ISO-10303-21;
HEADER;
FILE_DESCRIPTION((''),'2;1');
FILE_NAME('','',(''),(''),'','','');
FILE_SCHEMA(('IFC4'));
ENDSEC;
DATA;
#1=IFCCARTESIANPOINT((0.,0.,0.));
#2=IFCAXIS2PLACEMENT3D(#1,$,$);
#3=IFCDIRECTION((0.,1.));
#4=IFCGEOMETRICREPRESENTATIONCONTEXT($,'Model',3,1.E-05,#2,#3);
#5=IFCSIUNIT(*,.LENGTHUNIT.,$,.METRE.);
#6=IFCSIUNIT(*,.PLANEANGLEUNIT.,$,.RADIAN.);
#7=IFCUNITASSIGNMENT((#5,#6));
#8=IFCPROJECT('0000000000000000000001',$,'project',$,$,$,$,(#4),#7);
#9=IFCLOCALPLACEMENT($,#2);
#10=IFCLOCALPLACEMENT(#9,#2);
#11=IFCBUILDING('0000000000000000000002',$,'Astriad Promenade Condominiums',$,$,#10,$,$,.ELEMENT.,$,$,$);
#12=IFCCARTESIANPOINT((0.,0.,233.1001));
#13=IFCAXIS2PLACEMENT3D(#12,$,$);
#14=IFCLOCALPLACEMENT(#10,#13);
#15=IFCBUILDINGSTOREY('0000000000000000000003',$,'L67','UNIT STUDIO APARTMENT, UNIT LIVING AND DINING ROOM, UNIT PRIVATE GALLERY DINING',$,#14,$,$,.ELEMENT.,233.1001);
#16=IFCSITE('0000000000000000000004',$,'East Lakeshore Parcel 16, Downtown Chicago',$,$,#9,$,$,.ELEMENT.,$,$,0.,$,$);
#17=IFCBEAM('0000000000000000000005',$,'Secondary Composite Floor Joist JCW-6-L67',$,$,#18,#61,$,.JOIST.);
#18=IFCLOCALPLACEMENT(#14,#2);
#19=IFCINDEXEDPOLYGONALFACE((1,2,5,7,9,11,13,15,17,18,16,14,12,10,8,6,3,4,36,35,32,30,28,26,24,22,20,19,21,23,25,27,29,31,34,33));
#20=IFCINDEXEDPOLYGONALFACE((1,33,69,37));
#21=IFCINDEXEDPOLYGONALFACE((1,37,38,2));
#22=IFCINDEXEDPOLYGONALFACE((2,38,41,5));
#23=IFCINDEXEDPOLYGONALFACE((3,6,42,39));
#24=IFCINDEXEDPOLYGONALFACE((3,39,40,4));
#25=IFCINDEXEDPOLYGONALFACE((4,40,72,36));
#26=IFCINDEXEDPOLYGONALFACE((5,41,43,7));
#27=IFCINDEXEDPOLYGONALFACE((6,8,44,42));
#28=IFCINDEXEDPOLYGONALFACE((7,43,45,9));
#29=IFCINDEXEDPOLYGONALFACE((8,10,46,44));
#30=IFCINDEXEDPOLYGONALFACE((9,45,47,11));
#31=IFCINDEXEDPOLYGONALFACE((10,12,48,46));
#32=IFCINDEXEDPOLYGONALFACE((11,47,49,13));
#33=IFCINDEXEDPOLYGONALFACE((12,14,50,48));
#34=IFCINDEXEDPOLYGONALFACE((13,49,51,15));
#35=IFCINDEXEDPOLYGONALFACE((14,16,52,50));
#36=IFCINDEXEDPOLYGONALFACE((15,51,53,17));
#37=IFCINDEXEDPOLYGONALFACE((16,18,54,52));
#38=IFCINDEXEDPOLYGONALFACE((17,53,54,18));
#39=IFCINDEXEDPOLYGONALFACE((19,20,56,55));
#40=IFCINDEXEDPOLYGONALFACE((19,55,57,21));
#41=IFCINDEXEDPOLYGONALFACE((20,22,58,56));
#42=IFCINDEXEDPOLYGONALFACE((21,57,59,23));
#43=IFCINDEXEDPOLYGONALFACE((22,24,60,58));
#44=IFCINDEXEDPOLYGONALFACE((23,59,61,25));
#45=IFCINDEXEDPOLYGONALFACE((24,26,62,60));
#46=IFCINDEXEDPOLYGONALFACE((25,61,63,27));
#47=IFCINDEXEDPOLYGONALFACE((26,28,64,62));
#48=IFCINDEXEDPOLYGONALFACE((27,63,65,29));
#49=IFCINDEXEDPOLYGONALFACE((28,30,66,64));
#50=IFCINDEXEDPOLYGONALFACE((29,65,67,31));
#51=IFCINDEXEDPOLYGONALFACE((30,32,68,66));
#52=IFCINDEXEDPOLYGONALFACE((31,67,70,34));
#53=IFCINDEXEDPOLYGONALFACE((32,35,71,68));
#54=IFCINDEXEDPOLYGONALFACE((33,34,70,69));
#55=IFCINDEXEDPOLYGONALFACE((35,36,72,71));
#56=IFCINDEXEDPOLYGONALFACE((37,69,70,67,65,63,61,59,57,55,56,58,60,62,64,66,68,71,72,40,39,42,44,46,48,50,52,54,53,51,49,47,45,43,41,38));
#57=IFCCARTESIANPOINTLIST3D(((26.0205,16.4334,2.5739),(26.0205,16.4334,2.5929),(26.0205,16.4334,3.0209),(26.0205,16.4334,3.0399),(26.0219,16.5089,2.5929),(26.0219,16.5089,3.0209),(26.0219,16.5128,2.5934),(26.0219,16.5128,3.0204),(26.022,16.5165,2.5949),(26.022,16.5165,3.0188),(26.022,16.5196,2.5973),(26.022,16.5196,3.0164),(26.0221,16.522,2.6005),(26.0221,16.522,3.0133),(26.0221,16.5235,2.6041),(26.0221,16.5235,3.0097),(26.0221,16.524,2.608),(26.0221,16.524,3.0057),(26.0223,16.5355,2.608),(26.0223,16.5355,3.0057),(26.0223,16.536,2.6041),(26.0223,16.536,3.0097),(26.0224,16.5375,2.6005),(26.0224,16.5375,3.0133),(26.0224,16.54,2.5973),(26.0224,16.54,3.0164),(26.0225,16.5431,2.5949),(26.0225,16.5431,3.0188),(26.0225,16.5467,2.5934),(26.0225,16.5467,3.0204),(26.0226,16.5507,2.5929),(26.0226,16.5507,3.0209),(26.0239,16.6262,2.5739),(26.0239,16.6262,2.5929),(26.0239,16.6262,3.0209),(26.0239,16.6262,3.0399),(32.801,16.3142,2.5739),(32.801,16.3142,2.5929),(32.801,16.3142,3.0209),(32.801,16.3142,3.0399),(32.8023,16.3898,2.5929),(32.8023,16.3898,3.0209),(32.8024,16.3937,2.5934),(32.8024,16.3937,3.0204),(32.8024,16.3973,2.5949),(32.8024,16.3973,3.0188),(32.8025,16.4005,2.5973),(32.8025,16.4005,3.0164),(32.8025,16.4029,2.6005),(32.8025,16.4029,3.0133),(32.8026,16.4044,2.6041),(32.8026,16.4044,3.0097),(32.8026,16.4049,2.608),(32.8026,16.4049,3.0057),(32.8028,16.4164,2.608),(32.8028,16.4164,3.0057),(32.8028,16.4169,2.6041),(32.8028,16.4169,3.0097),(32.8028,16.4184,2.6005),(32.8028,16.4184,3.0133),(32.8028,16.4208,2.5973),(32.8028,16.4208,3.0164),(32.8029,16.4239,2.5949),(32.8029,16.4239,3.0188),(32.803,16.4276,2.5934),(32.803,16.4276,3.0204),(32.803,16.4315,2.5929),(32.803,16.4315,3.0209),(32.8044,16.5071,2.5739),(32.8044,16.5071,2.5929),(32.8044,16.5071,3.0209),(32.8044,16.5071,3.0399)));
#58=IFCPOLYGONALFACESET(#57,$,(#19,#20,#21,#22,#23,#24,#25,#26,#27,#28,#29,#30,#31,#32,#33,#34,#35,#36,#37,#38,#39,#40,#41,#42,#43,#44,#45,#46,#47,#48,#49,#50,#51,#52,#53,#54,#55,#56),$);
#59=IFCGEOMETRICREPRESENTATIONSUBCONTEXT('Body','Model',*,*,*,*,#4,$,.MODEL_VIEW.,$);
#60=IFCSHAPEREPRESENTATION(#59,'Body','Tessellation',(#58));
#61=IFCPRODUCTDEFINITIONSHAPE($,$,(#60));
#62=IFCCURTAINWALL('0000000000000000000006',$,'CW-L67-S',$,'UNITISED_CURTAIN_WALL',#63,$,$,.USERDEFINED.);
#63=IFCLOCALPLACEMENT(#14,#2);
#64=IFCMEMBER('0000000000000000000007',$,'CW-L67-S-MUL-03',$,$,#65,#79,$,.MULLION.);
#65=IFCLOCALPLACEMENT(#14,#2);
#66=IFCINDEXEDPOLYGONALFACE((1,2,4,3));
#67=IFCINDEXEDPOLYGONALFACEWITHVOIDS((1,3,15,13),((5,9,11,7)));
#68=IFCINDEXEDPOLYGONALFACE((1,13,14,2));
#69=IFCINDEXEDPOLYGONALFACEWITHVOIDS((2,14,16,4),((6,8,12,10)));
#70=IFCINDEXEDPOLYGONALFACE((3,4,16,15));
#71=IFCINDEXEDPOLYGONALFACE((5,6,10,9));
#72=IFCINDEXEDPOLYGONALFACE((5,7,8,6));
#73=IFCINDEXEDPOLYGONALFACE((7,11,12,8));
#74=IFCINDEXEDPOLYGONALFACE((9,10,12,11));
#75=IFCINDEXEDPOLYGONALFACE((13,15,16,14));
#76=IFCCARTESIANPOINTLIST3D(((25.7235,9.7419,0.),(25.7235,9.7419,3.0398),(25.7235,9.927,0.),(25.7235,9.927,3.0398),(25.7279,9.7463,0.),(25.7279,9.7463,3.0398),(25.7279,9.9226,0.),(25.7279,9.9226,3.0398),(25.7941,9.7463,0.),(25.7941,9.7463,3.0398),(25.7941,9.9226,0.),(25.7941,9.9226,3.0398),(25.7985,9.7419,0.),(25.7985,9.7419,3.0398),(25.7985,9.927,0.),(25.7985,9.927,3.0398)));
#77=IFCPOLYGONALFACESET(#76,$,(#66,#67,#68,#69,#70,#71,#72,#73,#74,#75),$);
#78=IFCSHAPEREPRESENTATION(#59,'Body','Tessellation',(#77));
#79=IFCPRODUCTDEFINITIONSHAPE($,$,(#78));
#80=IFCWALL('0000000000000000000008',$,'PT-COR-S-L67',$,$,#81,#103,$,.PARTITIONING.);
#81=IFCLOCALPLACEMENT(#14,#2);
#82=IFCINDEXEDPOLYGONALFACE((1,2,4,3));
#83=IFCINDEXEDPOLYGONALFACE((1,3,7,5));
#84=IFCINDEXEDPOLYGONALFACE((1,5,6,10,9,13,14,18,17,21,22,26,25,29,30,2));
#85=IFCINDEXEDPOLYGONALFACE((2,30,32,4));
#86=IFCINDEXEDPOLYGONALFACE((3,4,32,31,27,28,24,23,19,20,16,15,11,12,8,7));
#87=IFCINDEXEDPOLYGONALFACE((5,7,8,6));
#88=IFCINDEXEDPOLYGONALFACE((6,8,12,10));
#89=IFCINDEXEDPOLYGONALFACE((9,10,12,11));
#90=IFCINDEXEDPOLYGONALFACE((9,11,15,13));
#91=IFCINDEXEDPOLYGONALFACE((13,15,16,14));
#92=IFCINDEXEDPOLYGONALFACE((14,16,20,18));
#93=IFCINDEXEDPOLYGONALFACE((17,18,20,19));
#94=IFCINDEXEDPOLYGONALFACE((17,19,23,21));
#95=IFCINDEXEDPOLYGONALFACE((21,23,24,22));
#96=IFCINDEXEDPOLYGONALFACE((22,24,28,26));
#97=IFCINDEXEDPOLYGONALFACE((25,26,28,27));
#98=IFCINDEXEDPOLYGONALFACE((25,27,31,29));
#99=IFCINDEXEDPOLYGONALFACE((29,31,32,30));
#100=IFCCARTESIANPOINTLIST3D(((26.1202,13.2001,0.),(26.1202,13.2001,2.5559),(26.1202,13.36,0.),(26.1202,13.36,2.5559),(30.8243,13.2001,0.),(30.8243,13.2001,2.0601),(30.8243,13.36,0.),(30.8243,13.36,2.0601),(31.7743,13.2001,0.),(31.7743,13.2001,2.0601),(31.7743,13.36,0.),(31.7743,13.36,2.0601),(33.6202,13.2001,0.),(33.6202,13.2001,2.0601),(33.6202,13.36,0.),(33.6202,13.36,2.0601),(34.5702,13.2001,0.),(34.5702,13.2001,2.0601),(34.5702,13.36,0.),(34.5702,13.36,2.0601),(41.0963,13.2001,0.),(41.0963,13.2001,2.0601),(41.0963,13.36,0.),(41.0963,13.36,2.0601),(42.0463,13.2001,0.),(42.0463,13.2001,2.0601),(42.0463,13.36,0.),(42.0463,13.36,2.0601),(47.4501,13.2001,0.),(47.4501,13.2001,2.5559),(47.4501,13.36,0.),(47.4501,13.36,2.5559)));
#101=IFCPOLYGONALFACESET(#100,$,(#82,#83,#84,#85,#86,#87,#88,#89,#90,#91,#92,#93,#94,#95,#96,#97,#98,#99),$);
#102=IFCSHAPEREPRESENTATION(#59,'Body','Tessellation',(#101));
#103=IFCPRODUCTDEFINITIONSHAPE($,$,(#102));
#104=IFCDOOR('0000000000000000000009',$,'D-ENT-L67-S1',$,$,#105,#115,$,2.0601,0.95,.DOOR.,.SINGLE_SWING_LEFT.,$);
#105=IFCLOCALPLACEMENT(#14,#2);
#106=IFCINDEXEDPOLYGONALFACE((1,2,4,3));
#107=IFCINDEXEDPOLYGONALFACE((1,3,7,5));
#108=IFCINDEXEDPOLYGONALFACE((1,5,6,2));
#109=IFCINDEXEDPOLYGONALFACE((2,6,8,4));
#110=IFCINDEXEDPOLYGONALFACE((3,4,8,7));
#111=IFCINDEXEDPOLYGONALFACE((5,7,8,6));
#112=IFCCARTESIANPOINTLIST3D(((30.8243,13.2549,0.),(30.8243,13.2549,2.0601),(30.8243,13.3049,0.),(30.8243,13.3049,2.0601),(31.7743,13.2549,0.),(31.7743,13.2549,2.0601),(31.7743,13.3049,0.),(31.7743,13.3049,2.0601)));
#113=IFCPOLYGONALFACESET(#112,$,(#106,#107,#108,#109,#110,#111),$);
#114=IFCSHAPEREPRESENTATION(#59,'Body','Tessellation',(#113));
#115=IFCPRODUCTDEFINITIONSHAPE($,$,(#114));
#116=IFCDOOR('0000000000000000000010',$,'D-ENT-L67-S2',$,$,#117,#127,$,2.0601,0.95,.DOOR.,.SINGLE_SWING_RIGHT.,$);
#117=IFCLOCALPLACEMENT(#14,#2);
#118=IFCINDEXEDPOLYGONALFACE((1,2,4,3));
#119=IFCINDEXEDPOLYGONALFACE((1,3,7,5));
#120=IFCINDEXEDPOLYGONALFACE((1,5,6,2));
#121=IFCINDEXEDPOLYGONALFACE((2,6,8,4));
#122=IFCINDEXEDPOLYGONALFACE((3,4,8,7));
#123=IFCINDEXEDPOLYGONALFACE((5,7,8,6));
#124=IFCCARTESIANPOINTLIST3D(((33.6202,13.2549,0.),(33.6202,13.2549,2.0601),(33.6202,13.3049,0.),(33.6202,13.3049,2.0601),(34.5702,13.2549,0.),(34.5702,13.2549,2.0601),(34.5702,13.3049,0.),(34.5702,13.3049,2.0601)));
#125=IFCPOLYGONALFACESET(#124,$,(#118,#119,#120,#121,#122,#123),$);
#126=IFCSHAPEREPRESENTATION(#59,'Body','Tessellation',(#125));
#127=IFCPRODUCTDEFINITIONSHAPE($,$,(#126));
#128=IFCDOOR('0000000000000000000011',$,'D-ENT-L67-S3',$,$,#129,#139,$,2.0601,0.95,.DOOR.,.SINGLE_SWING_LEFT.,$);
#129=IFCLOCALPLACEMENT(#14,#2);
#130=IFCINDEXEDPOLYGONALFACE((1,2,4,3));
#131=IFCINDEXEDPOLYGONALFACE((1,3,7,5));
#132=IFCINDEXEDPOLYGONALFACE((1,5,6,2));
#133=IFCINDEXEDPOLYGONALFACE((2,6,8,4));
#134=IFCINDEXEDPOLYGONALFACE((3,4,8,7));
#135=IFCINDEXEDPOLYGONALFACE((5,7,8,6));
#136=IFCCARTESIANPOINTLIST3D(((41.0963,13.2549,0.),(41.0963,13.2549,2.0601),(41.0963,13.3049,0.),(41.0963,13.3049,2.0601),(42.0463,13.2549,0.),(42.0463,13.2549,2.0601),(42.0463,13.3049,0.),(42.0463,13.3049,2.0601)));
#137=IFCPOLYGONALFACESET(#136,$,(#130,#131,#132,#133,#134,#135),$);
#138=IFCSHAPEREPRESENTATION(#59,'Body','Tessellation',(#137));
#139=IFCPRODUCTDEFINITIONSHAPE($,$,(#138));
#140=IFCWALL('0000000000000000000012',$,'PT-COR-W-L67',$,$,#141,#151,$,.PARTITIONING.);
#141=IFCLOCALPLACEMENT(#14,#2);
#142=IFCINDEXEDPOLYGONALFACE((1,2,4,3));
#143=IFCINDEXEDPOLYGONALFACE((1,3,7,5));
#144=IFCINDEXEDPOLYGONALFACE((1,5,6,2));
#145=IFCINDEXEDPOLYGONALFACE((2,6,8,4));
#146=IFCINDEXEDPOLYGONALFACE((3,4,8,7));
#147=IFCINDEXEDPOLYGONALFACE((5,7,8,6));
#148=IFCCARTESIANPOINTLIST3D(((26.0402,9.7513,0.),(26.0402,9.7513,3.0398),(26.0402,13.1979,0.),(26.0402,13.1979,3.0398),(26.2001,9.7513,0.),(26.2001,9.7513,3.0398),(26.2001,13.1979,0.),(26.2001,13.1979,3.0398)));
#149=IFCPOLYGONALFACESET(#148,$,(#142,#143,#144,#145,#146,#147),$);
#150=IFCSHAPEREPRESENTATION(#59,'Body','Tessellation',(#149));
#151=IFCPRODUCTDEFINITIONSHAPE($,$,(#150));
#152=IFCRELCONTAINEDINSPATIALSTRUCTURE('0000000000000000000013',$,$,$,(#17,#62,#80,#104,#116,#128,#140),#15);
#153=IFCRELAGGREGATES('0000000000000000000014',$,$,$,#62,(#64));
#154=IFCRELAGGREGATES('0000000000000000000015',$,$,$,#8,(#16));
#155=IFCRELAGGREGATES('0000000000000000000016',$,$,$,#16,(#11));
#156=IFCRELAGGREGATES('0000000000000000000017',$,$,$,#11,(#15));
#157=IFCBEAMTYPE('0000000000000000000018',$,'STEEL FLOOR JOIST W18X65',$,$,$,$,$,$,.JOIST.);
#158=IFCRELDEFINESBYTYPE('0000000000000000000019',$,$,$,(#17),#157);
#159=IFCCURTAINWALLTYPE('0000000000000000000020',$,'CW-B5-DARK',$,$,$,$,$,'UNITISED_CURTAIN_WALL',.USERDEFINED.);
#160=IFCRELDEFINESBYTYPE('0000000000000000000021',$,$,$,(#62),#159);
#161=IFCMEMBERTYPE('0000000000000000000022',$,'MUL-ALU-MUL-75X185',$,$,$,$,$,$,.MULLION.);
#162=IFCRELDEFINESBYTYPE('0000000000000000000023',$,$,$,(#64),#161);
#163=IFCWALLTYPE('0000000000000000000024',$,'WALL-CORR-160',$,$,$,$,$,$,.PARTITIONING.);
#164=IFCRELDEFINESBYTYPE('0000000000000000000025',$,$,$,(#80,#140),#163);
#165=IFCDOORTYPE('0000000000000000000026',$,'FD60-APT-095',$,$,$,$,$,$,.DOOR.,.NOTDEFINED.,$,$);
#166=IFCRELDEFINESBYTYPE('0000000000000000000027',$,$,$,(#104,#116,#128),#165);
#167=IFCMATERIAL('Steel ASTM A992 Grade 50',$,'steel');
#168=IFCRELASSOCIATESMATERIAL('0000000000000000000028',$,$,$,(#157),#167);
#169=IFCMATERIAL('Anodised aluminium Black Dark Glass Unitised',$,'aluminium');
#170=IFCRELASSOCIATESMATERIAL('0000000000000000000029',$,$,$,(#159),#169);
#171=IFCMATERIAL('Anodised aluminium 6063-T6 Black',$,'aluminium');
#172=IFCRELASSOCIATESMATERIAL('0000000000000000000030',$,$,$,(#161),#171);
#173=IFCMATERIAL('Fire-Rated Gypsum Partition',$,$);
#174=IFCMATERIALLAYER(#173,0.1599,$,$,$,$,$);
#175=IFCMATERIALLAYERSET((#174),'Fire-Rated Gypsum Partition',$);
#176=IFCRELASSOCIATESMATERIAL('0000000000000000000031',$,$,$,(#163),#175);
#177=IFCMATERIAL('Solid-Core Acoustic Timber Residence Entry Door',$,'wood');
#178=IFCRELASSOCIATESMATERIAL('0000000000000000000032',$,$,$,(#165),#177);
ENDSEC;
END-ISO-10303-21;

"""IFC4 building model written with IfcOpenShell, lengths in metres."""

from ifc_helpers import new_model, si_unit, direction, frame, frame_2d, origin, origin_2d, place, context, subcontext, project, spatial, rectangle, hollow_rectangle, i_section, extrude, source, transform, mapped, material, layer, layer_set, material_profile, profile_set, type_object, type_shapes, element, fill, aggregate, save


model = new_model("IFC4")

# Units and contexts
model_context = context("Model", 3, precision=1e-05, world=origin(), true_north=direction((0.0, 1.0)))
body_context = subcontext(model_context, "Body", "Model", "MODEL_VIEW")
ifc_project = project(units=[si_unit("LENGTHUNIT", "METRE"), si_unit("PLANEANGLEUNIT", "RADIAN")], contexts=[model_context])

# Site, building, storey
site_placement = place(None, origin())
site = spatial("IfcSite", under=ifc_project, at=site_placement, Name="East Lakeshore Parcel 16, Downtown Chicago", CompositionType="ELEMENT", RefElevation=0.0)
building_placement = place(site_placement, origin())
building = spatial("IfcBuilding", under=site, at=building_placement, Name="Astriad Promenade Condominiums", CompositionType="ELEMENT")
storey_placement = place(building_placement, frame((0.0, 0.0, 233.1001)))
storey = spatial("IfcBuildingStorey", under=building, at=storey_placement, Name="L67", Description="UNIT STUDIO APARTMENT, UNIT LIVING AND DINING ROOM, UNIT PRIVATE GALLERY DINING", CompositionType="ELEMENT", Elevation=233.1001)

# Beam
ifc_material_1 = material(Name="Steel ASTM A992 Grade 50", Category="steel")
ifc_material_profile_1 = material_profile(ifc_material_1, i_section(OverallWidth=0.1929, OverallDepth=0.4661, WebThickness=0.0115, FlangeThickness=0.019, FilletRadius=0.0151, at=origin_2d()), Name="W18X65")
ifc_profile_set_1 = profile_set([ifc_material_profile_1], Name="Steel ASTM A992 Grade 50")
beam_type_1 = type_object("IfcBeamType", Name="STEEL FLOOR JOIST W18X65", PredefinedType="JOIST", material=ifc_profile_set_1)
shared_shape_1 = source(origin(), body_context, "Body", "SweptSolid", [
    extrude(i_section(OverallWidth=0.1929, OverallDepth=0.4661, WebThickness=0.0115, FlangeThickness=0.019, FilletRadius=0.0151, at=origin_2d()), origin(), (0.0, 0.0, 1.0), 6.7815),
])
beam_1_placement = place(storey_placement, frame((26.0222, 16.5298, 2.8069), z_axis=(0.999846, -0.017568, 0.0), x_axis=(0.017568, 0.999846, 0.0)))
element("IfcBeam", 1, at=beam_1_placement, inside=storey, type_object=beam_type_1, Name="Secondary Composite Floor Joist JCW-6-L67", PredefinedType="JOIST", context=body_context, shape_type="MappedRepresentation", body=[
    mapped(shared_shape_1, transform((0.0, 0.0, 0.0), scale=1.0)),
])

# Curtain wall, member
ifc_material_2 = material(Name="Anodised aluminium Black Dark Glass Unitised", Category="aluminium")
curtain_wall_type = type_object("IfcCurtainWallType", Name="CW-B5-DARK", ElementType="UNITISED_CURTAIN_WALL", PredefinedType="USERDEFINED", material=ifc_material_2)
curtain_wall_placement = place(storey_placement, origin())
curtain_wall = element("IfcCurtainWall", 2, at=curtain_wall_placement, inside=storey, type_object=curtain_wall_type, Name="CW-L67-S", ObjectType="UNITISED_CURTAIN_WALL", PredefinedType="USERDEFINED")
ifc_material_3 = material(Name="Anodised aluminium 6063-T6 Black", Category="aluminium")
ifc_material_profile_2 = material_profile(ifc_material_3, hollow_rectangle(XDim=0.075, YDim=0.1851, WallThickness=0.0044, at=origin_2d()), Name="ALU-MUL-75X185")
ifc_profile_set_2 = profile_set([ifc_material_profile_2], Name="Anodised aluminium 6063-T6 Black")
member_type = type_object("IfcMemberType", Name="MUL-ALU-MUL-75X185", PredefinedType="MULLION", material=ifc_profile_set_2)
shared_shape_2 = source(origin(), body_context, "Body", "SweptSolid", [
    extrude(hollow_rectangle(XDim=0.075, YDim=0.1851, WallThickness=0.0044, at=origin_2d()), origin(), (0.0, 0.0, 1.0), 3.0398),
])
type_shapes(member_type, [shared_shape_2])
member_placement = place(storey_placement, frame((25.761, 9.8345, 0.0), z_axis=(0.0, 0.0, 1.0), x_axis=(1.0, 0.0, 0.0)))
member = element("IfcMember", 3, at=member_placement, type_object=member_type, Name="CW-L67-S-MUL-03", PredefinedType="MULLION", context=body_context, shape_type="MappedRepresentation", body=[
    mapped(shared_shape_2, transform((0.0, 0.0, 0.0), scale=1.0)),
])
aggregate(curtain_wall, [member])

# Wall, openings, doors
ifc_material_4 = material(Name="Fire-Rated Gypsum Partition")
ifc_layer_1 = layer(ifc_material_4, 0.1599)
ifc_layer_set_1 = layer_set([ifc_layer_1], Name="Fire-Rated Gypsum Partition")
wall_type_1 = type_object("IfcWallType", Name="WALL-CORR-160", PredefinedType="PARTITIONING", material=ifc_layer_set_1)
wall_1_placement = place(storey_placement, frame((26.1201, 13.28, 0.0), z_axis=(0.0, 0.0, 1.0), x_axis=(1.0, 0.0, 0.0)))
wall_1 = element("IfcWall", 4, at=wall_1_placement, inside=storey, type_object=wall_type_1, Name="PT-COR-S-L67", PredefinedType="PARTITIONING", context=body_context, shape_type="SweptSolid", body=[
    extrude(rectangle(XDim=21.3298, YDim=0.1599, at=frame_2d((10.665, 0.0))), origin(), (0.0, 0.0, 1.0), 2.5559),
])
opening_1_placement = place(wall_1_placement, frame((4.7041, 0.0, 0.0)))
opening_1 = element("IfcOpeningElement", 5, at=opening_1_placement, cuts=wall_1, PredefinedType="OPENING", context=body_context, shape_type="SweptSolid", body=[
    extrude(rectangle(XDim=0.95, YDim=2.0601, at=frame_2d((0.4751, 1.03))), frame((0.0, 0.0898, 0.0), z_axis=(0.0, -1.0, 0.0), x_axis=(1.0, 0.0, 0.0)), (0.0, 0.0, 1.0), 0.1799),
])
opening_2_placement = place(wall_1_placement, frame((7.5, 0.0, 0.0)))
opening_2 = element("IfcOpeningElement", 6, at=opening_2_placement, cuts=wall_1, PredefinedType="OPENING", context=body_context, shape_type="SweptSolid", body=[
    extrude(rectangle(XDim=0.95, YDim=2.0601, at=frame_2d((0.4751, 1.03))), frame((0.0, 0.0898, 0.0), z_axis=(0.0, -1.0, 0.0), x_axis=(1.0, 0.0, 0.0)), (0.0, 0.0, 1.0), 0.1799),
])
opening_3_placement = place(wall_1_placement, frame((14.9761, 0.0, 0.0)))
opening_3 = element("IfcOpeningElement", 7, at=opening_3_placement, cuts=wall_1, PredefinedType="OPENING", context=body_context, shape_type="SweptSolid", body=[
    extrude(rectangle(XDim=0.95, YDim=2.0601, at=frame_2d((0.4751, 1.03))), frame((0.0, 0.0898, 0.0), z_axis=(0.0, -1.0, 0.0), x_axis=(1.0, 0.0, 0.0)), (0.0, 0.0, 1.0), 0.1799),
])
ifc_material_5 = material(Name="Solid-Core Acoustic Timber Residence Entry Door", Category="wood")
door_type_1 = type_object("IfcDoorType", Name="FD60-APT-095", OperationType="NOTDEFINED", PredefinedType="DOOR", material=ifc_material_5)
shared_shape_3 = source(origin(), body_context, "Body", "SweptSolid", [
    extrude(rectangle(XDim=0.95, YDim=2.0601, at=frame_2d((0.4751, 1.03))), frame((0.0, 0.0249, 0.0), z_axis=(0.0, -1.0, 0.0), x_axis=(1.0, 0.0, 0.0)), (0.0, 0.0, 1.0), 0.05),
])
type_shapes(door_type_1, [shared_shape_3])
door_1_placement = place(opening_1_placement, origin())
door_1 = element("IfcDoor", 8, at=door_1_placement, inside=storey, type_object=door_type_1, Name="D-ENT-L67-S1", OperationType="SINGLE_SWING_LEFT", OverallHeight=2.0601, OverallWidth=0.95, PredefinedType="DOOR", context=body_context, shape_type="MappedRepresentation", body=[
    mapped(shared_shape_3, transform((0.0, 0.0, 0.0), scale=1.0)),
])
fill(opening_1, door_1)
door_2_placement = place(opening_2_placement, origin())
door_2 = element("IfcDoor", 9, at=door_2_placement, inside=storey, type_object=door_type_1, Name="D-ENT-L67-S2", OperationType="SINGLE_SWING_RIGHT", OverallHeight=2.0601, OverallWidth=0.95, PredefinedType="DOOR", context=body_context, shape_type="MappedRepresentation", body=[
    mapped(shared_shape_3, transform((0.0, 0.0, 0.0), scale=1.0)),
])
fill(opening_2, door_2)
door_3_placement = place(opening_3_placement, origin())
door_3 = element("IfcDoor", 10, at=door_3_placement, inside=storey, type_object=door_type_1, Name="D-ENT-L67-S3", OperationType="SINGLE_SWING_LEFT", OverallHeight=2.0601, OverallWidth=0.95, PredefinedType="DOOR", context=body_context, shape_type="MappedRepresentation", body=[
    mapped(shared_shape_3, transform((0.0, 0.0, 0.0), scale=1.0)),
])
fill(opening_3, door_3)

# Wall
wall_2_placement = place(storey_placement, frame((26.1201, 9.7515, 0.0), z_axis=(0.0, 0.0, 1.0), x_axis=(0.0, 1.0, 0.0)))
element("IfcWall", 11, at=wall_2_placement, inside=storey, type_object=wall_type_1, Name="PT-COR-W-L67", PredefinedType="PARTITIONING", context=body_context, shape_type="SweptSolid", body=[
    extrude(rectangle(XDim=3.4465, YDim=0.1599, at=frame_2d((1.7231, 0.0))), origin(), (0.0, 0.0, 1.0), 3.0398),
])

save(model, "model.ifc")
